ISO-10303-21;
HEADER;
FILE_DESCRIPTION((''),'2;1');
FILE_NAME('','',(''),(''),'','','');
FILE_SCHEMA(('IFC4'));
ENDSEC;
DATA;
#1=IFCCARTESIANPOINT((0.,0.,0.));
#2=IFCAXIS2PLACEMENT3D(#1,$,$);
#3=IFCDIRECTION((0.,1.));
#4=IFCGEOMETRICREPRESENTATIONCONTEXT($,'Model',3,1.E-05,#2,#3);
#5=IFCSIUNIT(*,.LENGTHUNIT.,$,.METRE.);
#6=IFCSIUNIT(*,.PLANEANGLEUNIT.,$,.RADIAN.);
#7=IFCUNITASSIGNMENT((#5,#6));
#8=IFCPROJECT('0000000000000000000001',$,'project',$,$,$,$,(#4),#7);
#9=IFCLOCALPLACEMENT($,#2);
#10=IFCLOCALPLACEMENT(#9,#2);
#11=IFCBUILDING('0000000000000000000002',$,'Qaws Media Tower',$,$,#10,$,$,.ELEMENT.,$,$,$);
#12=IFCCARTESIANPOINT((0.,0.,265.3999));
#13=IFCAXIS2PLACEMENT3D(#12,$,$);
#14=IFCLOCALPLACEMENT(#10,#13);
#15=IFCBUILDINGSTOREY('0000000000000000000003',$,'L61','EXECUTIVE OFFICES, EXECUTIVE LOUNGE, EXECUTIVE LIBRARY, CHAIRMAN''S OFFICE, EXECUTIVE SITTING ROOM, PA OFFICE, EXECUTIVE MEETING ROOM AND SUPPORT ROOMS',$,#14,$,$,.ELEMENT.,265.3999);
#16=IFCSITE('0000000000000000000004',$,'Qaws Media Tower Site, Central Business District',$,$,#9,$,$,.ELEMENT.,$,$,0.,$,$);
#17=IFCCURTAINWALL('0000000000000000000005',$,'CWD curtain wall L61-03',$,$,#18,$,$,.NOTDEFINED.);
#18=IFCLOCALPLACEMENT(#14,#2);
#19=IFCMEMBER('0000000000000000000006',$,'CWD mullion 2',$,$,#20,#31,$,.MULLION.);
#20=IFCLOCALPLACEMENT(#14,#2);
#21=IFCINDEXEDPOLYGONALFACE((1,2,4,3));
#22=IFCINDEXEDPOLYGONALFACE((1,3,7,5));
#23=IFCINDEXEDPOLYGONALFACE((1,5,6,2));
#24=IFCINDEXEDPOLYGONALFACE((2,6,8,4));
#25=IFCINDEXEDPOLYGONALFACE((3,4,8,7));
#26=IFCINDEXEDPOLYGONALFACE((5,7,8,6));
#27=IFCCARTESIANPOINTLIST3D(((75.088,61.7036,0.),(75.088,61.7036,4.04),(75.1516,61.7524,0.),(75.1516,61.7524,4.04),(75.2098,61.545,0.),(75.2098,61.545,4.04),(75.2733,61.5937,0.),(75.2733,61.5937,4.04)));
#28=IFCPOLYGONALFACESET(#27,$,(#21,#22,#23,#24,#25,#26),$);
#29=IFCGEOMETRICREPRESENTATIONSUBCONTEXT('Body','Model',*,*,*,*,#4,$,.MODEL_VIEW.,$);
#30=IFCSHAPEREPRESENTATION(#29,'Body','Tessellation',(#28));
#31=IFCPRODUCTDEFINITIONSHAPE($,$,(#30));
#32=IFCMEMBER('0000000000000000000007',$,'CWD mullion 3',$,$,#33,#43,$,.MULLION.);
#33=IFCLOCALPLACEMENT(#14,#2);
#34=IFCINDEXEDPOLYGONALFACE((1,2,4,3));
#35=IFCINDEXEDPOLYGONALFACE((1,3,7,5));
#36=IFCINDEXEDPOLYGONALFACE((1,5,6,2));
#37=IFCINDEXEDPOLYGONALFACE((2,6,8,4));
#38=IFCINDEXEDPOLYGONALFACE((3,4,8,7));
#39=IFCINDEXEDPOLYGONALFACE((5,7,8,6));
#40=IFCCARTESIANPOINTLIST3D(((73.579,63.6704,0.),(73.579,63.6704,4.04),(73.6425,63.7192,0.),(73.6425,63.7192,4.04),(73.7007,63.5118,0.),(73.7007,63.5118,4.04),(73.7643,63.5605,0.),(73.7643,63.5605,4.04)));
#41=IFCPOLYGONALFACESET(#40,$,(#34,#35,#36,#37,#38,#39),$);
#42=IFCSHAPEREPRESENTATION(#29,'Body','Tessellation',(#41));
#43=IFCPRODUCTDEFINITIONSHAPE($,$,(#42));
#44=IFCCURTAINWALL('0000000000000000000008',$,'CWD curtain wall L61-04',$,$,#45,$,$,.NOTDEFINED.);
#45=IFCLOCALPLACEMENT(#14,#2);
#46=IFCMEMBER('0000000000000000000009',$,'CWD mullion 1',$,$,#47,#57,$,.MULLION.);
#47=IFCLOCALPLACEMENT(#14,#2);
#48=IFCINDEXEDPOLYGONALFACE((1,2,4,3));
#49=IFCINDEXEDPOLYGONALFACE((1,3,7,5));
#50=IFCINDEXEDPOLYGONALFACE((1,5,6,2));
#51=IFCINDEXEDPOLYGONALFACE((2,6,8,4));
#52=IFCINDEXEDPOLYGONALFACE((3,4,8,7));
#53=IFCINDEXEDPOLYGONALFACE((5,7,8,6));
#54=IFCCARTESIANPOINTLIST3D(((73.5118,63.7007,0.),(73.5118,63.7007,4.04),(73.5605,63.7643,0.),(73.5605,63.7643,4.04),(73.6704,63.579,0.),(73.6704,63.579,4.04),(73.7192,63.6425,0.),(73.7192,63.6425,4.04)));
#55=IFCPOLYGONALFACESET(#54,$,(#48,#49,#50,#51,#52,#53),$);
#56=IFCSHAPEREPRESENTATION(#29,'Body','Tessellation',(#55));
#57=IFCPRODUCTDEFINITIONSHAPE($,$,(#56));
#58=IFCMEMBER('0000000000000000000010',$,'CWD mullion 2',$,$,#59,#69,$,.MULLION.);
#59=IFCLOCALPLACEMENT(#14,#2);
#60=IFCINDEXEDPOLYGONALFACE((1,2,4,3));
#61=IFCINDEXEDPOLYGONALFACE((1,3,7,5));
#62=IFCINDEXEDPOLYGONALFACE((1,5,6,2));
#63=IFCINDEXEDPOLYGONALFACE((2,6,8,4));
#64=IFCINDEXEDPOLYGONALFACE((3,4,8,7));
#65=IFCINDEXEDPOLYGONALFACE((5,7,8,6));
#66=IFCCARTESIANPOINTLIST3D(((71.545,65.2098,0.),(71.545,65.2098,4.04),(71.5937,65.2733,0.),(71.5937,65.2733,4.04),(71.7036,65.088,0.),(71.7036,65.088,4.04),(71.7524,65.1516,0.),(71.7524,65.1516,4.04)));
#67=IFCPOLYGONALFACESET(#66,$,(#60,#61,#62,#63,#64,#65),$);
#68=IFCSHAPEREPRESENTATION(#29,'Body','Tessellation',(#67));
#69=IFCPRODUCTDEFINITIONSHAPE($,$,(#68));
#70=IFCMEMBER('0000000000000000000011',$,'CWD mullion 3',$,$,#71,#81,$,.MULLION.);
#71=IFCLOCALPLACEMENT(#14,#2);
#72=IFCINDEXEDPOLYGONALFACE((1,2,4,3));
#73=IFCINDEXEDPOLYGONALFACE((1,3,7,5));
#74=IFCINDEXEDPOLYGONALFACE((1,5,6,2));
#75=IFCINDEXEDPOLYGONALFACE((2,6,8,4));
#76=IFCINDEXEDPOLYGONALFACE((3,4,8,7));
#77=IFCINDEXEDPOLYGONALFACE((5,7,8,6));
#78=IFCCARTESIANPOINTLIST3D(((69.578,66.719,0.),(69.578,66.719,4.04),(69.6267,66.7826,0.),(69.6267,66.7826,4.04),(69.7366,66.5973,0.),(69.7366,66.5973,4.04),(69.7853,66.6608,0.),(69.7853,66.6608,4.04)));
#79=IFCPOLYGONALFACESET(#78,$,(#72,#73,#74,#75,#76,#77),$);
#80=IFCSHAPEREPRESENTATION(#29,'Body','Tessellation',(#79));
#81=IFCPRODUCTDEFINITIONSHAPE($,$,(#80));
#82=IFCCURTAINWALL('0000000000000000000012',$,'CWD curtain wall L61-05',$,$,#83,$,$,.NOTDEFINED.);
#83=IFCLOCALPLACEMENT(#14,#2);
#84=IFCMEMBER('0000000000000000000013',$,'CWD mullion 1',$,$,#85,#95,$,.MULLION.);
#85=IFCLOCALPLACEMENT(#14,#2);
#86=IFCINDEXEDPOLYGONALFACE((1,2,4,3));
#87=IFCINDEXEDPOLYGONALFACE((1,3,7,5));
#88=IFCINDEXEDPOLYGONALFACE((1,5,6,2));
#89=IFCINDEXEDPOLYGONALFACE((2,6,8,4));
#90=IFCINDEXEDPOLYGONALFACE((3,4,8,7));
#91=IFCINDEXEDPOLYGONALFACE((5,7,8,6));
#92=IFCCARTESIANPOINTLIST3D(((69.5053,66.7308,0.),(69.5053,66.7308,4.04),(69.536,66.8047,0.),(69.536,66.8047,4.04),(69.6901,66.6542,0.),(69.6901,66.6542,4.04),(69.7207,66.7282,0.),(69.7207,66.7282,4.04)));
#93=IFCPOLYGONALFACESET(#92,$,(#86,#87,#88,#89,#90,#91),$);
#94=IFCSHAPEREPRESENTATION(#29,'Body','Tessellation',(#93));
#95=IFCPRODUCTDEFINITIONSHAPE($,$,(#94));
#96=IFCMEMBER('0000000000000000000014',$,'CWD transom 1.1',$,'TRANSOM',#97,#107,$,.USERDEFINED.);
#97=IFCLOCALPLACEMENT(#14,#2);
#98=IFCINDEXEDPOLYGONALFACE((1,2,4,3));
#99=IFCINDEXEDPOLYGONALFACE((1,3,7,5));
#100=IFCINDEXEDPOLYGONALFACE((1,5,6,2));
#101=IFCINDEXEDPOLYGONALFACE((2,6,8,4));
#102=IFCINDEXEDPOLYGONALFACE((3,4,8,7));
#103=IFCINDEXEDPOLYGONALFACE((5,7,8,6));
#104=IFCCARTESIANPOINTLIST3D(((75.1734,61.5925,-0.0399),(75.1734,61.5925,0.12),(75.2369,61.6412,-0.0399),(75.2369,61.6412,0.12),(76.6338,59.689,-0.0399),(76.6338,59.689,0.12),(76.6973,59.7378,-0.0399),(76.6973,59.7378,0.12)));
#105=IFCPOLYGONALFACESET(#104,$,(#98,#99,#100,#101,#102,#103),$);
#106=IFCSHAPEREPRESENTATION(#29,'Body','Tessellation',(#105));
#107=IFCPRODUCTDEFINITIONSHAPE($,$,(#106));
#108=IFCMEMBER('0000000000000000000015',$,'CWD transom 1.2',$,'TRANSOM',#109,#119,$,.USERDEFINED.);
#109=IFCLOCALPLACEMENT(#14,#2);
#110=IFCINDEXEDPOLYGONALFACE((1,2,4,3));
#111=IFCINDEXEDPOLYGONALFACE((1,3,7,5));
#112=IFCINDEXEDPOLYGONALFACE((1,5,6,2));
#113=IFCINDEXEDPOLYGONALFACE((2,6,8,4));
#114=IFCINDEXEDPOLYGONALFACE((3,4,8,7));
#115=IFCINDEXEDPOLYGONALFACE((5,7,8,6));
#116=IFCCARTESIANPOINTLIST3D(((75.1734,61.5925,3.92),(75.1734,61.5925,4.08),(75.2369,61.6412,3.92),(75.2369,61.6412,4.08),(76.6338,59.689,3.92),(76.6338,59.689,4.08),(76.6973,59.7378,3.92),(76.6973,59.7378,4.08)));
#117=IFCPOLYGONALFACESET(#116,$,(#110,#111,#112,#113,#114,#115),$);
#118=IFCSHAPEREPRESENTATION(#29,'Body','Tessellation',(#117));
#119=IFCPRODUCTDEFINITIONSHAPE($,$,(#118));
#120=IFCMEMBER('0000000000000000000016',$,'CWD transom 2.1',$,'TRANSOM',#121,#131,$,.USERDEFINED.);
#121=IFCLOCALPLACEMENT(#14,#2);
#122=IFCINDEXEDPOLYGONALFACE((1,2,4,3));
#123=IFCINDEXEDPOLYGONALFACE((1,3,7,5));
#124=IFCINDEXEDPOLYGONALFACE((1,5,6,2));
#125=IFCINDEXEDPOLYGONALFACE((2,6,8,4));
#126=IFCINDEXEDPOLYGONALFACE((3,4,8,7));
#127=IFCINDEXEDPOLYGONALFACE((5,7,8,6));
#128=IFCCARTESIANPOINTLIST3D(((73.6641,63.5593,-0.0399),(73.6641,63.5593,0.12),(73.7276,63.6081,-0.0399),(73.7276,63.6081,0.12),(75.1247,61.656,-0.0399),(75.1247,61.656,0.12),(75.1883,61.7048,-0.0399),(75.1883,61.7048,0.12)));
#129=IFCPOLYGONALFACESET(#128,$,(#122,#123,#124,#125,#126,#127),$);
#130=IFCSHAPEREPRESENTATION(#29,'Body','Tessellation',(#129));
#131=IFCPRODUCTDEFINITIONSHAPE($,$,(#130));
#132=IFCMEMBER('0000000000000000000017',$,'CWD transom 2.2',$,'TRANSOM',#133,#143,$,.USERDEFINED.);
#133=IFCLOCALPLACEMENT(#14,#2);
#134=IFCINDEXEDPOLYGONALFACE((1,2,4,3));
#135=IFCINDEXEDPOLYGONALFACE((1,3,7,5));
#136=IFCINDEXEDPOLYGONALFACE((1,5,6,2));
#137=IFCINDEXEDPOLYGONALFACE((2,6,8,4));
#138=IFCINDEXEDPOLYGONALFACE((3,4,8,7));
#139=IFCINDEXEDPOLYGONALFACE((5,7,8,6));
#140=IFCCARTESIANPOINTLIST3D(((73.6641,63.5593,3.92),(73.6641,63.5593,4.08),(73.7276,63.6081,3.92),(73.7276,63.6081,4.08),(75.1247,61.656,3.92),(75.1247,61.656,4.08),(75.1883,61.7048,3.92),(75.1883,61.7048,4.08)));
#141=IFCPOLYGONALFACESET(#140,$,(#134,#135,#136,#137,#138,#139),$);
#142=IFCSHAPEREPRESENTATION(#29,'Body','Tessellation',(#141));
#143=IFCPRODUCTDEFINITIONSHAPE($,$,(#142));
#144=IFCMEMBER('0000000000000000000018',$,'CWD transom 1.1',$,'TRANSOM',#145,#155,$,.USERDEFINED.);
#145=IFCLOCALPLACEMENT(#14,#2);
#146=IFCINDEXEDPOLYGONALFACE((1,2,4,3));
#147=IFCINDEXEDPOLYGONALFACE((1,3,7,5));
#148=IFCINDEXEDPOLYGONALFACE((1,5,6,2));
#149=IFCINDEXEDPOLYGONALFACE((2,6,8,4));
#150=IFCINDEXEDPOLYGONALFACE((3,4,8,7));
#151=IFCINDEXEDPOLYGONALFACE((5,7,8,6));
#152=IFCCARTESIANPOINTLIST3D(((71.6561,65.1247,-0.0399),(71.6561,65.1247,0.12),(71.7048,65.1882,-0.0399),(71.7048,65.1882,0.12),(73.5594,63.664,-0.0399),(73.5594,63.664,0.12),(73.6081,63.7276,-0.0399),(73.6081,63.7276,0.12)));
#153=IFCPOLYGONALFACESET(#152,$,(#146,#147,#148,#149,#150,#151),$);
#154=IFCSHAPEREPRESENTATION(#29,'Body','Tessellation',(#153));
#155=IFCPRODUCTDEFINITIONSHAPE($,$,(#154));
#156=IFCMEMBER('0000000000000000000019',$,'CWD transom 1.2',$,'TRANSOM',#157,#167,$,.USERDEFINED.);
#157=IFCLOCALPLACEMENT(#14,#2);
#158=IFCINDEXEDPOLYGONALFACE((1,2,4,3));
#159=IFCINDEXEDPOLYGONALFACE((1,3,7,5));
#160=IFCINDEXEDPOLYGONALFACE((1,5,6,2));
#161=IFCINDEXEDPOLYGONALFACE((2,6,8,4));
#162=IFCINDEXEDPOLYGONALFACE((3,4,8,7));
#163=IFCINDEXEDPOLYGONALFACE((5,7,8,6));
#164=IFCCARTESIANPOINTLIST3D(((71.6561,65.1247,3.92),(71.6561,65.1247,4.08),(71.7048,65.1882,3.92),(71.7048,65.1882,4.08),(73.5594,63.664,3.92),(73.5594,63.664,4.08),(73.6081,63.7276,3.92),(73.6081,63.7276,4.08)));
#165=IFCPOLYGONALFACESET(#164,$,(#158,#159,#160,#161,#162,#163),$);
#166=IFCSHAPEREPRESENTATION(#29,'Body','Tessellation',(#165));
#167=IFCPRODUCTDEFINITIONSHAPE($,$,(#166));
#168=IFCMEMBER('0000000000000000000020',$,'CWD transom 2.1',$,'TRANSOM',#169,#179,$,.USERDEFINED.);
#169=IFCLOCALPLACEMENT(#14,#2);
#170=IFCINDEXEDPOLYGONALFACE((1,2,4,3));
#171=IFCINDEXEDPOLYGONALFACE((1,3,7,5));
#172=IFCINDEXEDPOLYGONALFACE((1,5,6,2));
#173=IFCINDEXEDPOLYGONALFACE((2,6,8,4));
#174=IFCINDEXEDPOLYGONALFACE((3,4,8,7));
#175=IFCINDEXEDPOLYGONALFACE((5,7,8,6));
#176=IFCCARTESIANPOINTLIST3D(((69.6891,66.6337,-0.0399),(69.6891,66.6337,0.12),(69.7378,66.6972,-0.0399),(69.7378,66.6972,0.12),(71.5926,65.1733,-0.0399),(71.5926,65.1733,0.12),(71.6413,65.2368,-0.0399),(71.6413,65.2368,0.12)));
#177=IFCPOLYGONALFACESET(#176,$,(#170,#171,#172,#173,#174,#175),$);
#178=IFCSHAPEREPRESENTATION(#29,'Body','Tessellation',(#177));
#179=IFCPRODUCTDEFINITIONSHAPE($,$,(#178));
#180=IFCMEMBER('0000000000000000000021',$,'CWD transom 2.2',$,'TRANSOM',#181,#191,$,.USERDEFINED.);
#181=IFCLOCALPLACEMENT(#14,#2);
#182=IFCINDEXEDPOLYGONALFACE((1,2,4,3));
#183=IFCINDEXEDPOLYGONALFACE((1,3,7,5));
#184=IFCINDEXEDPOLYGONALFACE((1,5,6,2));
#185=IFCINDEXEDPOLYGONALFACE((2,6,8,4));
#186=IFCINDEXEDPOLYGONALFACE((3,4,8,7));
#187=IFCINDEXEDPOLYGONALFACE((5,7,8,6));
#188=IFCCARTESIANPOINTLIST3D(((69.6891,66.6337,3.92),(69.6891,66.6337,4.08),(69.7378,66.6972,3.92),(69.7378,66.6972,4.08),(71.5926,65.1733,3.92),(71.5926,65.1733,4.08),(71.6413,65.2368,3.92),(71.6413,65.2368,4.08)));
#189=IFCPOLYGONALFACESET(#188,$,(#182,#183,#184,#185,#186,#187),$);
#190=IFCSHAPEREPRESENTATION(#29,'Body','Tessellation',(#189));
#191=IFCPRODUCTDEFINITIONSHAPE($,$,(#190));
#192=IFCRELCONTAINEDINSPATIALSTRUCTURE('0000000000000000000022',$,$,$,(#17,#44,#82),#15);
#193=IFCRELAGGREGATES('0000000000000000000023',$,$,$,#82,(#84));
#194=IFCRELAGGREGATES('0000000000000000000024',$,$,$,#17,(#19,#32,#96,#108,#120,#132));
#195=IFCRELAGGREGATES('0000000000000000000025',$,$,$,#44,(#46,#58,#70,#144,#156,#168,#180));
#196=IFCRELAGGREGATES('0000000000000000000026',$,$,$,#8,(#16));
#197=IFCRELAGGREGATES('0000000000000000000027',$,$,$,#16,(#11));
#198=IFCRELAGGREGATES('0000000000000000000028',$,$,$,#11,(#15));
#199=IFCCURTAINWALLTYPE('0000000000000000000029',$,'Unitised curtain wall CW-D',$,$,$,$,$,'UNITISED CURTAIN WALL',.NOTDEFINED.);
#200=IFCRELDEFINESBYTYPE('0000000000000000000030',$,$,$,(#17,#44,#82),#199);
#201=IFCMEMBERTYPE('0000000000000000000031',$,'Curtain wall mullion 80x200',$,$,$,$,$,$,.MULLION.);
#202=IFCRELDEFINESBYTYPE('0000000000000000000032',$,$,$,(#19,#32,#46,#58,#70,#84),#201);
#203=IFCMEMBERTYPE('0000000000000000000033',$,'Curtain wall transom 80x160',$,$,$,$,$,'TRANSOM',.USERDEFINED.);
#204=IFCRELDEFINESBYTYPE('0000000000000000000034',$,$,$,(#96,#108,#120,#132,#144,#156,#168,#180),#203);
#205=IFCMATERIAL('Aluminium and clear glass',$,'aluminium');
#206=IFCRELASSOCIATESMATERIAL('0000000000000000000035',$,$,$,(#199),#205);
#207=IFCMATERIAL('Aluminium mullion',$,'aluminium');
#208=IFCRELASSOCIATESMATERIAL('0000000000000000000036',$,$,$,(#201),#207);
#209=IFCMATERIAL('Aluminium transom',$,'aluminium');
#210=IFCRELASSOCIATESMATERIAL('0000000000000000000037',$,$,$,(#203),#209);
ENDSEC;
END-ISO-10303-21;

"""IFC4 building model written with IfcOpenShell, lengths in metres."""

from ifc_helpers import new_model, si_unit, direction, frame, origin, origin_2d, place, context, subcontext, project, spatial, rectangle, extrude, material, material_profile, profile_set, type_object, element, aggregate, save


model = new_model("IFC4")

# Units and contexts
model_context = context("Model", 3, precision=1e-05, world=origin(), true_north=direction((0.0, 1.0)))
body_context = subcontext(model_context, "Body", "Model", "MODEL_VIEW")
ifc_project = project(units=[si_unit("LENGTHUNIT", "METRE"), si_unit("PLANEANGLEUNIT", "RADIAN")], contexts=[model_context])

# Site, building, storey
site_placement = place(None, origin())
site = spatial("IfcSite", under=ifc_project, at=site_placement, Name="Qaws Media Tower Site, Central Business District", CompositionType="ELEMENT", RefElevation=0.0)
building_placement = place(site_placement, origin())
building = spatial("IfcBuilding", under=site, at=building_placement, Name="Qaws Media Tower", CompositionType="ELEMENT")
storey_placement = place(building_placement, frame((0.0, 0.0, 265.3999)))
storey = spatial("IfcBuildingStorey", under=building, at=storey_placement, Name="L61", Description="EXECUTIVE OFFICES, EXECUTIVE LOUNGE, EXECUTIVE LIBRARY, CHAIRMAN'S OFFICE, EXECUTIVE SITTING ROOM, PA OFFICE, EXECUTIVE MEETING ROOM AND SUPPORT ROOMS", CompositionType="ELEMENT", Elevation=265.3999)

# Curtain walls, members
ifc_material_1 = material(Name="Aluminium and clear glass", Category="aluminium")
curtain_wall_type = type_object("IfcCurtainWallType", Name="Unitised curtain wall CW-D", ElementType="UNITISED CURTAIN WALL", PredefinedType="NOTDEFINED", material=ifc_material_1)
curtain_wall_1_placement = place(storey_placement, origin())
curtain_wall_1 = element("IfcCurtainWall", 1, at=curtain_wall_1_placement, inside=storey, type_object=curtain_wall_type, Name="CWD curtain wall L61-03", PredefinedType="NOTDEFINED")
ifc_material_2 = material(Name="Aluminium mullion", Category="aluminium")
ifc_material_profile_1 = material_profile(ifc_material_2, rectangle(XDim=0.0801, YDim=0.2, at=origin_2d()), Name="80x200")
ifc_profile_set_1 = profile_set([ifc_material_profile_1], Name="Aluminium mullion")
member_type_1 = type_object("IfcMemberType", Name="Curtain wall mullion 80x200", PredefinedType="MULLION", material=ifc_profile_set_1)
member_1_placement = place(storey_placement, frame((75.1807, 61.6487, 0.0), z_axis=(0.0, 0.0, 1.0), x_axis=(-0.793353, -0.608761, 0.0)))
member_1 = element("IfcMember", 2, at=member_1_placement, type_object=member_type_1, Name="CWD mullion 2", PredefinedType="MULLION", context=body_context, shape_type="SweptSolid", body=[
    extrude(rectangle(XDim=0.0801, YDim=0.2, at=origin_2d()), origin(), (0.0, 0.0, 1.0), 4.04),
])
member_2_placement = place(storey_placement, frame((73.6716, 63.6155, 0.0), z_axis=(0.0, 0.0, 1.0), x_axis=(-0.793353, -0.608761, 0.0)))
member_2 = element("IfcMember", 3, at=member_2_placement, type_object=member_type_1, Name="CWD mullion 3", PredefinedType="MULLION", context=body_context, shape_type="SweptSolid", body=[
    extrude(rectangle(XDim=0.0801, YDim=0.2, at=origin_2d()), origin(), (0.0, 0.0, 1.0), 4.04),
])
curtain_wall_2_placement = place(storey_placement, origin())
curtain_wall_2 = element("IfcCurtainWall", 4, at=curtain_wall_2_placement, inside=storey, type_object=curtain_wall_type, Name="CWD curtain wall L61-04", PredefinedType="NOTDEFINED")
member_3_placement = place(storey_placement, frame((73.6155, 63.6716, 0.0), z_axis=(0.0, 0.0, 1.0), x_axis=(-0.608761, -0.793353, 0.0)))
member_3 = element("IfcMember", 5, at=member_3_placement, type_object=member_type_1, Name="CWD mullion 1", PredefinedType="MULLION", context=body_context, shape_type="SweptSolid", body=[
    extrude(rectangle(XDim=0.0801, YDim=0.2, at=origin_2d()), origin(), (0.0, 0.0, 1.0), 4.04),
])
member_4_placement = place(storey_placement, frame((71.6487, 65.1807, 0.0), z_axis=(0.0, 0.0, 1.0), x_axis=(-0.608761, -0.793353, 0.0)))
member_4 = element("IfcMember", 6, at=member_4_placement, type_object=member_type_1, Name="CWD mullion 2", PredefinedType="MULLION", context=body_context, shape_type="SweptSolid", body=[
    extrude(rectangle(XDim=0.0801, YDim=0.2, at=origin_2d()), origin(), (0.0, 0.0, 1.0), 4.04),
])
member_5_placement = place(storey_placement, frame((69.6816, 66.6899, 0.0), z_axis=(0.0, 0.0, 1.0), x_axis=(-0.608761, -0.793353, 0.0)))
member_5 = element("IfcMember", 7, at=member_5_placement, type_object=member_type_1, Name="CWD mullion 3", PredefinedType="MULLION", context=body_context, shape_type="SweptSolid", body=[
    extrude(rectangle(XDim=0.0801, YDim=0.2, at=origin_2d()), origin(), (0.0, 0.0, 1.0), 4.04),
])

# Curtain wall, member
curtain_wall_3_placement = place(storey_placement, origin())
curtain_wall_3 = element("IfcCurtainWall", 8, at=curtain_wall_3_placement, inside=storey, type_object=curtain_wall_type, Name="CWD curtain wall L61-05", PredefinedType="NOTDEFINED")
member_6_placement = place(storey_placement, frame((69.613, 66.7295, 0.0), z_axis=(0.0, 0.0, 1.0), x_axis=(-0.382683, -0.92388, 0.0)))
member_6 = element("IfcMember", 9, at=member_6_placement, type_object=member_type_1, Name="CWD mullion 1", PredefinedType="MULLION", context=body_context, shape_type="SweptSolid", body=[
    extrude(rectangle(XDim=0.0801, YDim=0.2, at=origin_2d()), origin(), (0.0, 0.0, 1.0), 4.04),
])

# Members
ifc_material_3 = material(Name="Aluminium transom", Category="aluminium")
ifc_material_profile_2 = material_profile(ifc_material_3, rectangle(XDim=0.0801, YDim=0.1599, at=origin_2d()), Name="80x160")
ifc_profile_set_2 = profile_set([ifc_material_profile_2], Name="Aluminium transom")
member_type_2 = type_object("IfcMemberType", Name="Curtain wall transom 80x160", ElementType="TRANSOM", PredefinedType="USERDEFINED", material=ifc_profile_set_2)
member_7_placement = place(storey_placement, frame((76.6655, 59.7134, 0.04), z_axis=(-0.608707, 0.793395, 0.0), x_axis=(-0.793395, -0.608707, 0.0)))
member_7 = element("IfcMember", 10, at=member_7_placement, type_object=member_type_2, Name="CWD transom 1.1", ObjectType="TRANSOM", PredefinedType="USERDEFINED", context=body_context, shape_type="SweptSolid", body=[
    extrude(rectangle(XDim=0.0801, YDim=0.1599, at=origin_2d()), origin(), (0.0, 0.0, 1.0), 2.3992),
])
member_8_placement = place(storey_placement, frame((76.6655, 59.7134, 4.0), z_axis=(-0.608707, 0.793395, 0.0), x_axis=(-0.793395, -0.608707, 0.0)))
member_8 = element("IfcMember", 11, at=member_8_placement, type_object=member_type_2, Name="CWD transom 1.2", ObjectType="TRANSOM", PredefinedType="USERDEFINED", context=body_context, shape_type="SweptSolid", body=[
    extrude(rectangle(XDim=0.0801, YDim=0.1599, at=origin_2d()), origin(), (0.0, 0.0, 1.0), 2.3992),
])
member_9_placement = place(storey_placement, frame((75.1565, 61.6804, 0.04), z_axis=(-0.60882, 0.793308, 0.0), x_axis=(-0.793308, -0.60882, 0.0)))
member_9 = element("IfcMember", 12, at=member_9_placement, type_object=member_type_2, Name="CWD transom 2.1", ObjectType="TRANSOM", PredefinedType="USERDEFINED", context=body_context, shape_type="SweptSolid", body=[
    extrude(rectangle(XDim=0.0801, YDim=0.1599, at=origin_2d()), origin(), (0.0, 0.0, 1.0), 2.3992),
])
member_10_placement = place(storey_placement, frame((75.1565, 61.6804, 4.0), z_axis=(-0.60882, 0.793308, 0.0), x_axis=(-0.793308, -0.60882, 0.0)))
member_10 = element("IfcMember", 13, at=member_10_placement, type_object=member_type_2, Name="CWD transom 2.2", ObjectType="TRANSOM", PredefinedType="USERDEFINED", context=body_context, shape_type="SweptSolid", body=[
    extrude(rectangle(XDim=0.0801, YDim=0.1599, at=origin_2d()), origin(), (0.0, 0.0, 1.0), 2.3992),
])
member_11_placement = place(storey_placement, frame((73.5837, 63.6958, 0.04), z_axis=(-0.793308, 0.60882, 0.0), x_axis=(-0.60882, -0.793308, 0.0)))
member_11 = element("IfcMember", 14, at=member_11_placement, type_object=member_type_2, Name="CWD transom 1.1", ObjectType="TRANSOM", PredefinedType="USERDEFINED", context=body_context, shape_type="SweptSolid", body=[
    extrude(rectangle(XDim=0.0801, YDim=0.1599, at=origin_2d()), origin(), (0.0, 0.0, 1.0), 2.3992),
])
member_12_placement = place(storey_placement, frame((73.5837, 63.6958, 4.0), z_axis=(-0.793308, 0.60882, 0.0), x_axis=(-0.60882, -0.793308, 0.0)))
member_12 = element("IfcMember", 15, at=member_12_placement, type_object=member_type_2, Name="CWD transom 1.2", ObjectType="TRANSOM", PredefinedType="USERDEFINED", context=body_context, shape_type="SweptSolid", body=[
    extrude(rectangle(XDim=0.0801, YDim=0.1599, at=origin_2d()), origin(), (0.0, 0.0, 1.0), 2.3992),
])
member_13_placement = place(storey_placement, frame((71.6169, 65.2051, 0.04), z_axis=(-0.793395, 0.608707, 0.0), x_axis=(-0.608707, -0.793395, 0.0)))
member_13 = element("IfcMember", 16, at=member_13_placement, type_object=member_type_2, Name="CWD transom 2.1", ObjectType="TRANSOM", PredefinedType="USERDEFINED", context=body_context, shape_type="SweptSolid", body=[
    extrude(rectangle(XDim=0.0801, YDim=0.1599, at=origin_2d()), origin(), (0.0, 0.0, 1.0), 2.3992),
])
member_14_placement = place(storey_placement, frame((71.6169, 65.2051, 4.0), z_axis=(-0.793395, 0.608707, 0.0), x_axis=(-0.608707, -0.793395, 0.0)))
member_14 = element("IfcMember", 17, at=member_14_placement, type_object=member_type_2, Name="CWD transom 2.2", ObjectType="TRANSOM", PredefinedType="USERDEFINED", context=body_context, shape_type="SweptSolid", body=[
    extrude(rectangle(XDim=0.0801, YDim=0.1599, at=origin_2d()), origin(), (0.0, 0.0, 1.0), 2.3992),
])
aggregate(curtain_wall_3, [member_6])

aggregate(curtain_wall_1, [member_1, member_2, member_7, member_8, member_9, member_10])
aggregate(curtain_wall_2, [member_3, member_4, member_5, member_11, member_12, member_13, member_14])

save(model, "model.ifc")
